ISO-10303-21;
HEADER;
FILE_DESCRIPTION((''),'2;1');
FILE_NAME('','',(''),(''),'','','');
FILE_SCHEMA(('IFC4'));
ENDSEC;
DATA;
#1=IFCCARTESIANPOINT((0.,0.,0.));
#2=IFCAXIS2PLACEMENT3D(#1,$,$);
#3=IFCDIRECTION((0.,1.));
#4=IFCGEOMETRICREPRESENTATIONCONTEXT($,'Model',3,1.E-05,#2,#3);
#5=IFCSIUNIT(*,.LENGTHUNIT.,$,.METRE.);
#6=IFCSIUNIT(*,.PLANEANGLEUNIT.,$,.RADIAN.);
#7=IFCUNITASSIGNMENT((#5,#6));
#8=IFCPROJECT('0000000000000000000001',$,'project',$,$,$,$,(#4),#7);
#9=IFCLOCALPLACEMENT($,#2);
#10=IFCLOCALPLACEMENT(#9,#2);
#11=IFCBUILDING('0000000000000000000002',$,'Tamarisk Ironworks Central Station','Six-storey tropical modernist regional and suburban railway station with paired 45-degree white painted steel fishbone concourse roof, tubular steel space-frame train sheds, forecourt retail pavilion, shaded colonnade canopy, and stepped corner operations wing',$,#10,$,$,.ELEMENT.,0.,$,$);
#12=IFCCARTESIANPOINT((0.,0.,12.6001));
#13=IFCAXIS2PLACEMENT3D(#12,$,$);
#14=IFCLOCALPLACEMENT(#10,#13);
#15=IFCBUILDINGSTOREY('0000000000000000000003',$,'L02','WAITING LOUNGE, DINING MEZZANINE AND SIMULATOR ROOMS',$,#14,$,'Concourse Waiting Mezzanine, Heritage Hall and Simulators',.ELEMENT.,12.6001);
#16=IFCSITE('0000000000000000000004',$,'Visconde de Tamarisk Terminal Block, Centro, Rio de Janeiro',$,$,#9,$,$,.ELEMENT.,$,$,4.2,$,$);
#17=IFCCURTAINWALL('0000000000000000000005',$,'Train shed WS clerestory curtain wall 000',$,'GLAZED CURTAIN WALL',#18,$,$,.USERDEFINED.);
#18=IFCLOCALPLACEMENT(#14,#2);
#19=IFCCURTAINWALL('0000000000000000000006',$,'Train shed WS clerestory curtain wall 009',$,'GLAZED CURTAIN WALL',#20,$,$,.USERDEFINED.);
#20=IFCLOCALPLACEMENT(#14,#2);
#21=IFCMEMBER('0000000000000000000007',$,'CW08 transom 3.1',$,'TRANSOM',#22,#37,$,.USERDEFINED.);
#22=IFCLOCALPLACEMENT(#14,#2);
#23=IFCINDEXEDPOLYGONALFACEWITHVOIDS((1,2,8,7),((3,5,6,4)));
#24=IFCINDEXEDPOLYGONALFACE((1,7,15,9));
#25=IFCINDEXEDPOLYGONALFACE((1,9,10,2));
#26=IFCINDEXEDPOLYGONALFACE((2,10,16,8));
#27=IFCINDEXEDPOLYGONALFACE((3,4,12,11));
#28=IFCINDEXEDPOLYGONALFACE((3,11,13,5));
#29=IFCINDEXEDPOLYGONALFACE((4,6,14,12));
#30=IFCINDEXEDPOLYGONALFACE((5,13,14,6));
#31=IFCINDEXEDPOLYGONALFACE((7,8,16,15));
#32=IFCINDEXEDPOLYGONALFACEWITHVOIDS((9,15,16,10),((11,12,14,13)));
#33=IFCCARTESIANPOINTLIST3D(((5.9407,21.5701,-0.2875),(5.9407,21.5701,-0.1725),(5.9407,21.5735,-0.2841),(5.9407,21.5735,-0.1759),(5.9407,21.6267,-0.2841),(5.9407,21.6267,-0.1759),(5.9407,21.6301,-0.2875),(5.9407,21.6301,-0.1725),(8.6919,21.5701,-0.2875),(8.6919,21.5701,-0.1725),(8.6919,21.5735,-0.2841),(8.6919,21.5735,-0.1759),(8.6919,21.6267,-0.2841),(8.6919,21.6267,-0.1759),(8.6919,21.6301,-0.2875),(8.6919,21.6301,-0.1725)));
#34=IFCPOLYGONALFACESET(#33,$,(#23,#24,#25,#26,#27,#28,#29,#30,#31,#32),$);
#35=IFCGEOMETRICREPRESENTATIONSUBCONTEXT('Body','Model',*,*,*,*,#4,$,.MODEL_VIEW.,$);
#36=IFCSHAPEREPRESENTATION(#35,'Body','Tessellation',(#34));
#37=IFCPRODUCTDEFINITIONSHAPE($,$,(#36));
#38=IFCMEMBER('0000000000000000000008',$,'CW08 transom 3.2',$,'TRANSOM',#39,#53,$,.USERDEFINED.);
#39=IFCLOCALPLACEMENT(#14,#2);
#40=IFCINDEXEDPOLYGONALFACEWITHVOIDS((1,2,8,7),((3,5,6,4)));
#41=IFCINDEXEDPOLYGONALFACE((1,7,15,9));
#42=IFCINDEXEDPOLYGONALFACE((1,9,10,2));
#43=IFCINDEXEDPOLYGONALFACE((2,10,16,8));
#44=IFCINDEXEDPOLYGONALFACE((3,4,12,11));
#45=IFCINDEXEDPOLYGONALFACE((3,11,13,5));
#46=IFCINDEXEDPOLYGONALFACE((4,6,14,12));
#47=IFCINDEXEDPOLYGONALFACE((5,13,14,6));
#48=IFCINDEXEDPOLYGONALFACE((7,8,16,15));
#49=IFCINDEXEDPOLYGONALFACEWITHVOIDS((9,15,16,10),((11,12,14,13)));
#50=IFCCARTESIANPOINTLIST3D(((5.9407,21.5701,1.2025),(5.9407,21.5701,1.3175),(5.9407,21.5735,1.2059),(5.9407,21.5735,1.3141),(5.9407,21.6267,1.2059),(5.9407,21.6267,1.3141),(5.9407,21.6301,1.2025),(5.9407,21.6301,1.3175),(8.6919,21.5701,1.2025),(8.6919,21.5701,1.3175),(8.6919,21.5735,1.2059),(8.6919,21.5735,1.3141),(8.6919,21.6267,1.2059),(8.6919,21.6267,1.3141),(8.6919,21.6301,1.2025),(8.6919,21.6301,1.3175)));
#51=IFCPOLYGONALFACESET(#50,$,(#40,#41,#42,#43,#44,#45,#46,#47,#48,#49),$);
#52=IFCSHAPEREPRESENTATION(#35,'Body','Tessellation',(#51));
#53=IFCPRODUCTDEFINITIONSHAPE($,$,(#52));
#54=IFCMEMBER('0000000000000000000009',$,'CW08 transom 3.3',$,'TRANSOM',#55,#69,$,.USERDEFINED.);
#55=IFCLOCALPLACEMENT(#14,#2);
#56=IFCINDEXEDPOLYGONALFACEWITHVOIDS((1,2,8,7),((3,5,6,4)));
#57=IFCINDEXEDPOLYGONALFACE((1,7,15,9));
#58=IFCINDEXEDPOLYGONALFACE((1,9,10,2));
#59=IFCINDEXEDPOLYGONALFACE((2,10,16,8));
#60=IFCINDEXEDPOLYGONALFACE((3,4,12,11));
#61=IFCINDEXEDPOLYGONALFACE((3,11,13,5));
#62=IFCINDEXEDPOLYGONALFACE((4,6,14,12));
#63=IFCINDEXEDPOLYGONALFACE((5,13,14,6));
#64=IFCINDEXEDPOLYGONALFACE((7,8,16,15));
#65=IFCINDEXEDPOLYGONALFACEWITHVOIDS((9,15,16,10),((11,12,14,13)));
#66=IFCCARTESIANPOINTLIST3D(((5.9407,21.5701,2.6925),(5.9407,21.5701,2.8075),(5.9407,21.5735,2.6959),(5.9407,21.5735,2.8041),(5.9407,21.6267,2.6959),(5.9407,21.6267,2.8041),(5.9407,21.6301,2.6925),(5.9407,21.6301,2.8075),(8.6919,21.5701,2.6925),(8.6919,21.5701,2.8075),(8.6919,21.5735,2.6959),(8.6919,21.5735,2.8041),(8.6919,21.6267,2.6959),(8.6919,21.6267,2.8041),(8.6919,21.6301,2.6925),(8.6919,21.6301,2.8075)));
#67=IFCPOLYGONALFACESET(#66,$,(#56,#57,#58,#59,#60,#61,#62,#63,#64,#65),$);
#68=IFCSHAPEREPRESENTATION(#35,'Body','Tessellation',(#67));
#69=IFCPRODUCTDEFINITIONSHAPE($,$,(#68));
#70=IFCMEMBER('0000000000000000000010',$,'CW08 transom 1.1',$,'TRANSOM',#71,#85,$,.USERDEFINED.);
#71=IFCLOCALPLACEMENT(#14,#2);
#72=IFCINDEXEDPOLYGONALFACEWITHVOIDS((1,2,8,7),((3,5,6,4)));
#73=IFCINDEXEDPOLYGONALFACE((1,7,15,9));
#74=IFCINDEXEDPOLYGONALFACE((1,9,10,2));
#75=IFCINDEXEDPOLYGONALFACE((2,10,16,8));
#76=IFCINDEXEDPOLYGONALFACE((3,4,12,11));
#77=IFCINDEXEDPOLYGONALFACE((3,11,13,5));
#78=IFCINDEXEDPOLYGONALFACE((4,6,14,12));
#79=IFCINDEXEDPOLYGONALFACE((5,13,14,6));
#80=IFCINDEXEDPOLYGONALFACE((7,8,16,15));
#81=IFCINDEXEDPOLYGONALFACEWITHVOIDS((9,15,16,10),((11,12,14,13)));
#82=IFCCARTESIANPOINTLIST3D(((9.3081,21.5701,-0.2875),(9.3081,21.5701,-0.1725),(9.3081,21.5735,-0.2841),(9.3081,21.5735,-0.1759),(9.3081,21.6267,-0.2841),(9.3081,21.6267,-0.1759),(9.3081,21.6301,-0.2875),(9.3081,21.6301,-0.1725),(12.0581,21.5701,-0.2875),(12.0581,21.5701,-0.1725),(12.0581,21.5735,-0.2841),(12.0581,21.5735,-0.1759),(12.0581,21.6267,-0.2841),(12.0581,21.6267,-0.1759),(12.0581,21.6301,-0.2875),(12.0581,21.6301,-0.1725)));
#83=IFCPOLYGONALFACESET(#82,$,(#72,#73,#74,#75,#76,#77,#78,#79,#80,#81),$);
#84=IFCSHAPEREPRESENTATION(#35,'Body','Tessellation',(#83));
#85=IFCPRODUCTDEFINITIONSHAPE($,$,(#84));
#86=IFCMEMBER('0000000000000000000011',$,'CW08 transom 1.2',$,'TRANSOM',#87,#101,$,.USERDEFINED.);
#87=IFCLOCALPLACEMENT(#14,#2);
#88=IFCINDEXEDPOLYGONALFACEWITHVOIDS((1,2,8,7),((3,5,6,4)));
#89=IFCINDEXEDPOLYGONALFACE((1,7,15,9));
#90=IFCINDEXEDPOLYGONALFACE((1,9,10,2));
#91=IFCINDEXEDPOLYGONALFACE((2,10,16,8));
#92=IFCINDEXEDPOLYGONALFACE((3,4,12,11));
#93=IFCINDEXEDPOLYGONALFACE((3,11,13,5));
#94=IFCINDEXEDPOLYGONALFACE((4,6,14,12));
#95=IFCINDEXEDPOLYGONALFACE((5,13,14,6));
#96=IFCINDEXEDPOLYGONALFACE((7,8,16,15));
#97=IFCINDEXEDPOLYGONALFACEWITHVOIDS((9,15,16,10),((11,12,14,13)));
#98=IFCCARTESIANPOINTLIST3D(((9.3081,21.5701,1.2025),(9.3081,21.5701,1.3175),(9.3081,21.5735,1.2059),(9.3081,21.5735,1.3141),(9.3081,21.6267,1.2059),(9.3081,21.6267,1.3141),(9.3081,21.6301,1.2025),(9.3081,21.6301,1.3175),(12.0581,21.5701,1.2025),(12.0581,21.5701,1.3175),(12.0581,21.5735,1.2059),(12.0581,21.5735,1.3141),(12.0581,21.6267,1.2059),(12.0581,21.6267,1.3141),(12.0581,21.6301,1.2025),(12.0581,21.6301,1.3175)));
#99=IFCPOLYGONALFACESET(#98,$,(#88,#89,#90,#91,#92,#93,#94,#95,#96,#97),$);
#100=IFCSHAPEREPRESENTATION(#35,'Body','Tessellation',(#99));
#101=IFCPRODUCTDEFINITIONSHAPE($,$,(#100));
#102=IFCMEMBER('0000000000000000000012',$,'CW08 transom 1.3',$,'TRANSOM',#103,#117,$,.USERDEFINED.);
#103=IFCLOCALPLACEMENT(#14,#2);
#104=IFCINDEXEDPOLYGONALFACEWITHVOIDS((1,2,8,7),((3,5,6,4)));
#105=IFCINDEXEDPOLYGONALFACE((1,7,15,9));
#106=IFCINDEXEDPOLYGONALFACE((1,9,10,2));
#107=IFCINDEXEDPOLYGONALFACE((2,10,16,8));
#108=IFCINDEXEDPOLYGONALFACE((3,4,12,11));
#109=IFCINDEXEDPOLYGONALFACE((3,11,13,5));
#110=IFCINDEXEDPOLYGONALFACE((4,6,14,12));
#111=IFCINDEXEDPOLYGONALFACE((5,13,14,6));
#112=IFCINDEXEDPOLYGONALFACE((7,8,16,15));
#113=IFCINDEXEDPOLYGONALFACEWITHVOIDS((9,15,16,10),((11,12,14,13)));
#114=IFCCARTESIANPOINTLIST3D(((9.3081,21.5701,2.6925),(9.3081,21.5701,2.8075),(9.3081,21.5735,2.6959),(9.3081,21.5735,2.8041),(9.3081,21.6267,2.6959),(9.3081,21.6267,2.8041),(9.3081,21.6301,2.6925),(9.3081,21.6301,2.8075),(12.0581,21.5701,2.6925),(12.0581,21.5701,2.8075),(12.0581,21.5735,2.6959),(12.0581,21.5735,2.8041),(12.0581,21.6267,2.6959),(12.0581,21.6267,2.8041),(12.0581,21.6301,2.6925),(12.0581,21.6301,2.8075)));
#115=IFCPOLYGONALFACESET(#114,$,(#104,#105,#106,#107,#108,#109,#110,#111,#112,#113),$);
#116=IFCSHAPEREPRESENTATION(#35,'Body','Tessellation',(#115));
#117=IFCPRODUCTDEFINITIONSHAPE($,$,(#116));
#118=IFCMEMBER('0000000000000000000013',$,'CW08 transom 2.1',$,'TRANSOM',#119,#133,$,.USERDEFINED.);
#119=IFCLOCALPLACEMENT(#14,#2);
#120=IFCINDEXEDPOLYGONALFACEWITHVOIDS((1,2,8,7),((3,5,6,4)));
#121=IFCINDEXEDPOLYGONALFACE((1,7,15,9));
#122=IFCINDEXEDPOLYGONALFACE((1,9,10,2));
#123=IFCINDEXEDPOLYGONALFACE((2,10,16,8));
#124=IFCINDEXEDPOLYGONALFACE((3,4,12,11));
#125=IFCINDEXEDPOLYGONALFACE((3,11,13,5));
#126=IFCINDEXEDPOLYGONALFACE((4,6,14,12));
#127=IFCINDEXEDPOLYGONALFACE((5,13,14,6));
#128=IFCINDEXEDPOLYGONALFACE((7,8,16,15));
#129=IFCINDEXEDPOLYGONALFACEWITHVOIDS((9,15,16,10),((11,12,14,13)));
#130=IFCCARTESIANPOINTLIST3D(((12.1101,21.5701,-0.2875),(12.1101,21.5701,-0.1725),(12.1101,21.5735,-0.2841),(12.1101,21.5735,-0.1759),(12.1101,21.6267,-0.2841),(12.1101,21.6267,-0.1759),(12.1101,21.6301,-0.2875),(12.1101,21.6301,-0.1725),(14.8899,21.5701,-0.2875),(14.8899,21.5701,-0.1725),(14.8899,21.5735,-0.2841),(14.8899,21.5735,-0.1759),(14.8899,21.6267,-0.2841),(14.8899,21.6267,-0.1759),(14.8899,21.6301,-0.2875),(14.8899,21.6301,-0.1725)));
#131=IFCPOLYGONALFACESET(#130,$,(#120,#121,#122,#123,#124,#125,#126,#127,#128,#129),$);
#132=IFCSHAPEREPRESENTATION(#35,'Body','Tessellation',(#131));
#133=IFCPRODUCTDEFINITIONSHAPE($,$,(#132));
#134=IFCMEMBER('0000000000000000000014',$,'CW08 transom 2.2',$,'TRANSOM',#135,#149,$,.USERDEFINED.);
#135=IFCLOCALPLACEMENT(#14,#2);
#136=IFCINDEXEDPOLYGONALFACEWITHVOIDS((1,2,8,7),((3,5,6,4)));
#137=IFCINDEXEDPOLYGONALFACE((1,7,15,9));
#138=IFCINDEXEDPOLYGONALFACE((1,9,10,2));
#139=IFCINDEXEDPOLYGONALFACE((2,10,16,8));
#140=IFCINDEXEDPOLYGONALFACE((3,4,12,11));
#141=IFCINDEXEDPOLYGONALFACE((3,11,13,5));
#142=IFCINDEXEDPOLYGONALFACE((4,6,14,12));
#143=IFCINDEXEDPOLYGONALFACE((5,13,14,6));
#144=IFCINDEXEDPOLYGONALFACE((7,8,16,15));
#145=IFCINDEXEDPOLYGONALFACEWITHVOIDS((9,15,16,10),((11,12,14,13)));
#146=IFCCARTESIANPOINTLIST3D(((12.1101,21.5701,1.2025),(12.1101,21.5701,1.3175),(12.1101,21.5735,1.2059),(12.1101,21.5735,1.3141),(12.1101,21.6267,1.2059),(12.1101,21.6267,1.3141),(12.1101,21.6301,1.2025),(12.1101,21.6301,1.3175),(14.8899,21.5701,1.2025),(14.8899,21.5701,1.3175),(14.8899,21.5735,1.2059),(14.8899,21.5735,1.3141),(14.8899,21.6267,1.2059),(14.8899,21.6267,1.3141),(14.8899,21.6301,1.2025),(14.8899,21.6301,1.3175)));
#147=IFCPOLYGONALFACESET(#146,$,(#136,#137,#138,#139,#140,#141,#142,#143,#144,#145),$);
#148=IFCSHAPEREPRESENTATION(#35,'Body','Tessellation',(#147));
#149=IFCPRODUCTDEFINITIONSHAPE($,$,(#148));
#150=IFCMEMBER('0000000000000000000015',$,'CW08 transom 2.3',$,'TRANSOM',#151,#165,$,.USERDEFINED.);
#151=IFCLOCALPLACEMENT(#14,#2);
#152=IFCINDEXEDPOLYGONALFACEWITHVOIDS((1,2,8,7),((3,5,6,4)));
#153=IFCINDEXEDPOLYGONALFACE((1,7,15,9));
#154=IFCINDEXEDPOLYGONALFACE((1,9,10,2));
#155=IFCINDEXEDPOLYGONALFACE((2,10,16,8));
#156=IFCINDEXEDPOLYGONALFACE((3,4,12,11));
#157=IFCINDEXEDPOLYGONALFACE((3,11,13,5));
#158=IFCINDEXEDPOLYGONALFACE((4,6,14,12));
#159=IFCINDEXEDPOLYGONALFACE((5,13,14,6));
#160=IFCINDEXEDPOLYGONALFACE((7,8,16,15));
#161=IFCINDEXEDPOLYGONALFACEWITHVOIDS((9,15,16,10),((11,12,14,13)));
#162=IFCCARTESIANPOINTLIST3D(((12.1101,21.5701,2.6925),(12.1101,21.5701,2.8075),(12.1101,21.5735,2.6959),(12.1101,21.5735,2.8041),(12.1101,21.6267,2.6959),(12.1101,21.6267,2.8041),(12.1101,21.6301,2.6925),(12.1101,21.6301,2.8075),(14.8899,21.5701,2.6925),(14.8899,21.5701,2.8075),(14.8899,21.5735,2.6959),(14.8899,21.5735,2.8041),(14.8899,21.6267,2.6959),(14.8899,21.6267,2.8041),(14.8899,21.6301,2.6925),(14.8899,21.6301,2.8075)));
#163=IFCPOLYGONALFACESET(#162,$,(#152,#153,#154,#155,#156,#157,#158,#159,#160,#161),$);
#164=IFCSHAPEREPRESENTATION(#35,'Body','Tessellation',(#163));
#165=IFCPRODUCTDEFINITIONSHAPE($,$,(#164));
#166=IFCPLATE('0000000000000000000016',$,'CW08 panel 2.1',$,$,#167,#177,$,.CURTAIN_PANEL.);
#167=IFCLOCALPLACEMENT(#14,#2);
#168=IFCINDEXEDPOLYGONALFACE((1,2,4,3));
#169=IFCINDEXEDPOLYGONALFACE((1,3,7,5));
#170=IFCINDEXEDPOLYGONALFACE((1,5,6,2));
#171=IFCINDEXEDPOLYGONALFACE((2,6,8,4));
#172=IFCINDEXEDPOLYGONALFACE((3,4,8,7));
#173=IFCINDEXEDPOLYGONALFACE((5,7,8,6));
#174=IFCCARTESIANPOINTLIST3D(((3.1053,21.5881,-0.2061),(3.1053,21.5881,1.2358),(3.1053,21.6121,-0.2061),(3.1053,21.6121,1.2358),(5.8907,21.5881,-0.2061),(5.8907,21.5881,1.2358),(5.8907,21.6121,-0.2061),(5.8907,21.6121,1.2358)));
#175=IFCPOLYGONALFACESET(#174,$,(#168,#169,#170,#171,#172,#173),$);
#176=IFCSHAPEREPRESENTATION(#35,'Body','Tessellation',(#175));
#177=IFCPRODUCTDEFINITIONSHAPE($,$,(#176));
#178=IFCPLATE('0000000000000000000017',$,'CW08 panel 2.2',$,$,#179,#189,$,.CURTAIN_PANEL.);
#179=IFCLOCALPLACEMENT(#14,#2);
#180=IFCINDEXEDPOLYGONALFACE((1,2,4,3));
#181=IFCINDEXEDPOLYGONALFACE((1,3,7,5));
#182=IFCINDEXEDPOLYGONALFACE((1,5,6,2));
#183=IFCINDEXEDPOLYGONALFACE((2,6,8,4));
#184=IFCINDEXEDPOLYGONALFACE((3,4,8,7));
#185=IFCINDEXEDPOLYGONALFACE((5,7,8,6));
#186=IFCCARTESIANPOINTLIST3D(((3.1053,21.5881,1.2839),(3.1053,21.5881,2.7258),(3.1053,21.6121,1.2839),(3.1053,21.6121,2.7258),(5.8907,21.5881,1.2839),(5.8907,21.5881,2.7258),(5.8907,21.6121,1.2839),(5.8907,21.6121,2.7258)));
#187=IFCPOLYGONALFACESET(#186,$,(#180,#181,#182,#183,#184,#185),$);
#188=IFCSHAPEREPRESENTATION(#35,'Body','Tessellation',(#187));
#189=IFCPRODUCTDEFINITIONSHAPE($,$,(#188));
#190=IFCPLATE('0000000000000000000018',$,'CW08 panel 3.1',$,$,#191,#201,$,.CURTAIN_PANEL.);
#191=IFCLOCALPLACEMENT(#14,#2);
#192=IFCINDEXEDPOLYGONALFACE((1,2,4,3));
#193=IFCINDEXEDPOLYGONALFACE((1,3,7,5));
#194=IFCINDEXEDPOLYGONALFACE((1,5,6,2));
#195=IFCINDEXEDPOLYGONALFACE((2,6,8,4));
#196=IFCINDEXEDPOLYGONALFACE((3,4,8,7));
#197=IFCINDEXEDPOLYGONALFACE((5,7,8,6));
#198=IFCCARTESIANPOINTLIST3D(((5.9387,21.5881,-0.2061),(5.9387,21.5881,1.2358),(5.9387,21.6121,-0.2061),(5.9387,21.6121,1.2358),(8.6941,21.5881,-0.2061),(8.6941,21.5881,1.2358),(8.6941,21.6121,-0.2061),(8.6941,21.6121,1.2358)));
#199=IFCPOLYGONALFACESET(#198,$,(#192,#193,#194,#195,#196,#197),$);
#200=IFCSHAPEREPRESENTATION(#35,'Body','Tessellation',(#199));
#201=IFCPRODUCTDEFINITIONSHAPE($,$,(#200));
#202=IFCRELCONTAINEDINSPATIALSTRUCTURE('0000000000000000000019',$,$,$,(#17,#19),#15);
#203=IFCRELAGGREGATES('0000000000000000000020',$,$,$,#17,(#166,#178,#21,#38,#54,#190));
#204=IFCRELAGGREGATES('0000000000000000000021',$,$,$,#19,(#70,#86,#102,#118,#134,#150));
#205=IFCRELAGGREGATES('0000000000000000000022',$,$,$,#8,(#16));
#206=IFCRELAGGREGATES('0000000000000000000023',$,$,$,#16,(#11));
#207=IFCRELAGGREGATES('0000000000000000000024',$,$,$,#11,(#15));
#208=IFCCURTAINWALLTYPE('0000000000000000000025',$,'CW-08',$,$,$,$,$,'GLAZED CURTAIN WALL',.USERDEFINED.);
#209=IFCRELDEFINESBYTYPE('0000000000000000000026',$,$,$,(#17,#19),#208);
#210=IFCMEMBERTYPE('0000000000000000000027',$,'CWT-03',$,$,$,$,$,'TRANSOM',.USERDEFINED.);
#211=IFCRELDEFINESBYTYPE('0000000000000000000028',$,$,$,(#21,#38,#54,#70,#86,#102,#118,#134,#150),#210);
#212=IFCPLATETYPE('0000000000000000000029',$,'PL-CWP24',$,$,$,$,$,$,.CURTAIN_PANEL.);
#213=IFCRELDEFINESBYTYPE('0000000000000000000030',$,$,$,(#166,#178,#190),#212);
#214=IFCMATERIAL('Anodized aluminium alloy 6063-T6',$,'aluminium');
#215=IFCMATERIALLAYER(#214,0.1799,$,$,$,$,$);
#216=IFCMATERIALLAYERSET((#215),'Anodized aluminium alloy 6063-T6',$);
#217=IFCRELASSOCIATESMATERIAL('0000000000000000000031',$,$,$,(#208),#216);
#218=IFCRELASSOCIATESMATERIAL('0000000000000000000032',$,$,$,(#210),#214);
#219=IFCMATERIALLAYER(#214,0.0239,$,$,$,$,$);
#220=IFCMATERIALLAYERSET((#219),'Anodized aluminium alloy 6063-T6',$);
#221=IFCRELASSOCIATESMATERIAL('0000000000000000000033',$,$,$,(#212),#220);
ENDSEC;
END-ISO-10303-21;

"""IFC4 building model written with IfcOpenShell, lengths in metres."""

from ifc_helpers import new_model, si_unit, direction, frame, origin, origin_2d, place, context, subcontext, project, spatial, rectangle, hollow_rectangle, extrude, material, layer, layer_set, material_profile, profile_set, type_object, element, aggregate, save


model = new_model("IFC4")

# Units and contexts
model_context = context("Model", 3, precision=1e-05, world=origin(), true_north=direction((0.0, 1.0)))
body_context = subcontext(model_context, "Body", "Model", "MODEL_VIEW")
ifc_project = project(units=[si_unit("LENGTHUNIT", "METRE"), si_unit("PLANEANGLEUNIT", "RADIAN")], contexts=[model_context])

# Site, building, storey
site_placement = place(None, origin())
site = spatial("IfcSite", under=ifc_project, at=site_placement, Name="Visconde de Tamarisk Terminal Block, Centro, Rio de Janeiro", CompositionType="ELEMENT", RefElevation=4.2)
building_placement = place(site_placement, origin())
building = spatial("IfcBuilding", under=site, at=building_placement, Name="Tamarisk Ironworks Central Station", Description="Six-storey tropical modernist regional and suburban railway station with paired 45-degree white painted steel fishbone concourse roof, tubular steel space-frame train sheds, forecourt retail pavilion, shaded colonnade canopy, and stepped corner operations wing", CompositionType="ELEMENT", ElevationOfRefHeight=0.0)
storey_placement = place(building_placement, frame((0.0, 0.0, 12.6001)))
storey = spatial("IfcBuildingStorey", under=building, at=storey_placement, Name="L02", Description="WAITING LOUNGE, DINING MEZZANINE AND SIMULATOR ROOMS", LongName="Concourse Waiting Mezzanine, Heritage Hall and Simulators", CompositionType="ELEMENT", Elevation=12.6001)

# Curtain walls
ifc_material_1 = material(Name="Anodized aluminium alloy 6063-T6", Category="aluminium")
ifc_layer_1 = layer(ifc_material_1, 0.1799)
ifc_layer_set_1 = layer_set([ifc_layer_1], Name="Anodized aluminium alloy 6063-T6")
curtain_wall_type = type_object("IfcCurtainWallType", Name="CW-08", ElementType="GLAZED CURTAIN WALL", PredefinedType="USERDEFINED", material=ifc_layer_set_1)
curtain_wall_1_placement = place(storey_placement, origin())
curtain_wall_1 = element("IfcCurtainWall", 1, at=curtain_wall_1_placement, inside=storey, type_object=curtain_wall_type, Name="Train shed WS clerestory curtain wall 000", ObjectType="GLAZED CURTAIN WALL", PredefinedType="USERDEFINED")
curtain_wall_2_placement = place(storey_placement, origin())
curtain_wall_2 = element("IfcCurtainWall", 2, at=curtain_wall_2_placement, inside=storey, type_object=curtain_wall_type, Name="Train shed WS clerestory curtain wall 009", ObjectType="GLAZED CURTAIN WALL", PredefinedType="USERDEFINED")

# Members
ifc_material_profile_1 = material_profile(ifc_material_1, hollow_rectangle(XDim=0.0601, YDim=0.115, WallThickness=0.0034, at=origin_2d()), Name="ALUM 115x60")
ifc_profile_set_1 = profile_set([ifc_material_profile_1], Name="Anodized aluminium alloy 6063-T6")
member_type_1 = type_object("IfcMemberType", Name="CWT-03", ElementType="TRANSOM", PredefinedType="USERDEFINED", material=ifc_profile_set_1)
member_1_placement = place(storey_placement, frame((5.9407, 21.6001, -0.23), z_axis=(1.0, 0.0, 0.0), x_axis=(0.0, 1.0, 0.0)))
member_1 = element("IfcMember", 3, at=member_1_placement, type_object=member_type_1, Name="CW08 transom 3.1", ObjectType="TRANSOM", PredefinedType="USERDEFINED", context=body_context, shape_type="SweptSolid", body=[
    extrude(hollow_rectangle(XDim=0.0601, YDim=0.115, WallThickness=0.0034, at=origin_2d()), origin(), (0.0, 0.0, 1.0), 2.7512),
])
member_2_placement = place(storey_placement, frame((5.9407, 21.6001, 1.26), z_axis=(1.0, 0.0, 0.0), x_axis=(0.0, 1.0, 0.0)))
member_2 = element("IfcMember", 4, at=member_2_placement, type_object=member_type_1, Name="CW08 transom 3.2", ObjectType="TRANSOM", PredefinedType="USERDEFINED", context=body_context, shape_type="SweptSolid", body=[
    extrude(hollow_rectangle(XDim=0.0601, YDim=0.115, WallThickness=0.0034, at=origin_2d()), origin(), (0.0, 0.0, 1.0), 2.7512),
])
member_3_placement = place(storey_placement, frame((5.9407, 21.6001, 2.75), z_axis=(1.0, 0.0, 0.0), x_axis=(0.0, 1.0, 0.0)))
member_3 = element("IfcMember", 5, at=member_3_placement, type_object=member_type_1, Name="CW08 transom 3.3", ObjectType="TRANSOM", PredefinedType="USERDEFINED", context=body_context, shape_type="SweptSolid", body=[
    extrude(hollow_rectangle(XDim=0.0601, YDim=0.115, WallThickness=0.0034, at=origin_2d()), origin(), (0.0, 0.0, 1.0), 2.7512),
])
member_4_placement = place(storey_placement, frame((9.3081, 21.6001, -0.23), z_axis=(1.0, 0.0, 0.0), x_axis=(0.0, 1.0, 0.0)))
member_4 = element("IfcMember", 6, at=member_4_placement, type_object=member_type_1, Name="CW08 transom 1.1", ObjectType="TRANSOM", PredefinedType="USERDEFINED", context=body_context, shape_type="SweptSolid", body=[
    extrude(hollow_rectangle(XDim=0.0601, YDim=0.115, WallThickness=0.0034, at=origin_2d()), origin(), (0.0, 0.0, 1.0), 2.75),
])
member_5_placement = place(storey_placement, frame((9.3081, 21.6001, 1.26), z_axis=(1.0, 0.0, 0.0), x_axis=(0.0, 1.0, 0.0)))
member_5 = element("IfcMember", 7, at=member_5_placement, type_object=member_type_1, Name="CW08 transom 1.2", ObjectType="TRANSOM", PredefinedType="USERDEFINED", context=body_context, shape_type="SweptSolid", body=[
    extrude(hollow_rectangle(XDim=0.0601, YDim=0.115, WallThickness=0.0034, at=origin_2d()), origin(), (0.0, 0.0, 1.0), 2.75),
])
member_6_placement = place(storey_placement, frame((9.3081, 21.6001, 2.75), z_axis=(1.0, 0.0, 0.0), x_axis=(0.0, 1.0, 0.0)))
member_6 = element("IfcMember", 8, at=member_6_placement, type_object=member_type_1, Name="CW08 transom 1.3", ObjectType="TRANSOM", PredefinedType="USERDEFINED", context=body_context, shape_type="SweptSolid", body=[
    extrude(hollow_rectangle(XDim=0.0601, YDim=0.115, WallThickness=0.0034, at=origin_2d()), origin(), (0.0, 0.0, 1.0), 2.75),
])
member_7_placement = place(storey_placement, frame((12.1101, 21.6001, -0.23), z_axis=(1.0, 0.0, 0.0), x_axis=(0.0, 1.0, 0.0)))
member_7 = element("IfcMember", 9, at=member_7_placement, type_object=member_type_1, Name="CW08 transom 2.1", ObjectType="TRANSOM", PredefinedType="USERDEFINED", context=body_context, shape_type="SweptSolid", body=[
    extrude(hollow_rectangle(XDim=0.0601, YDim=0.115, WallThickness=0.0034, at=origin_2d()), origin(), (0.0, 0.0, 1.0), 2.7798),
])
member_8_placement = place(storey_placement, frame((12.1101, 21.6001, 1.26), z_axis=(1.0, 0.0, 0.0), x_axis=(0.0, 1.0, 0.0)))
member_8 = element("IfcMember", 10, at=member_8_placement, type_object=member_type_1, Name="CW08 transom 2.2", ObjectType="TRANSOM", PredefinedType="USERDEFINED", context=body_context, shape_type="SweptSolid", body=[
    extrude(hollow_rectangle(XDim=0.0601, YDim=0.115, WallThickness=0.0034, at=origin_2d()), origin(), (0.0, 0.0, 1.0), 2.7798),
])
member_9_placement = place(storey_placement, frame((12.1101, 21.6001, 2.75), z_axis=(1.0, 0.0, 0.0), x_axis=(0.0, 1.0, 0.0)))
member_9 = element("IfcMember", 11, at=member_9_placement, type_object=member_type_1, Name="CW08 transom 2.3", ObjectType="TRANSOM", PredefinedType="USERDEFINED", context=body_context, shape_type="SweptSolid", body=[
    extrude(hollow_rectangle(XDim=0.0601, YDim=0.115, WallThickness=0.0034, at=origin_2d()), origin(), (0.0, 0.0, 1.0), 2.7798),
])

# Plates
ifc_layer_2 = layer(ifc_material_1, 0.0239)
ifc_layer_set_2 = layer_set([ifc_layer_2], Name="Anodized aluminium alloy 6063-T6")
plate_type = type_object("IfcPlateType", Name="PL-CWP24", PredefinedType="CURTAIN_PANEL", material=ifc_layer_set_2)
plate_1_placement = place(storey_placement, frame((4.498, 21.6001, -0.2061), z_axis=(0.0, 0.0, 1.0), x_axis=(1.0, 0.0, 0.0)))
plate_1 = element("IfcPlate", 12, at=plate_1_placement, type_object=plate_type, Name="CW08 panel 2.1", PredefinedType="CURTAIN_PANEL", context=body_context, shape_type="SweptSolid", body=[
    extrude(rectangle(XDim=2.7854, YDim=0.0239, at=origin_2d()), origin(), (0.0, 0.0, 1.0), 1.4419),
])
plate_2_placement = place(storey_placement, frame((4.498, 21.6001, 1.2839), z_axis=(0.0, 0.0, 1.0), x_axis=(1.0, 0.0, 0.0)))
plate_2 = element("IfcPlate", 13, at=plate_2_placement, type_object=plate_type, Name="CW08 panel 2.2", PredefinedType="CURTAIN_PANEL", context=body_context, shape_type="SweptSolid", body=[
    extrude(rectangle(XDim=2.7854, YDim=0.0239, at=origin_2d()), origin(), (0.0, 0.0, 1.0), 1.4419),
])
plate_3_placement = place(storey_placement, frame((7.3164, 21.6001, -0.2061), z_axis=(0.0, 0.0, 1.0), x_axis=(1.0, 0.0, 0.0)))
plate_3 = element("IfcPlate", 14, at=plate_3_placement, type_object=plate_type, Name="CW08 panel 3.1", PredefinedType="CURTAIN_PANEL", context=body_context, shape_type="SweptSolid", body=[
    extrude(rectangle(XDim=2.7554, YDim=0.0239, at=origin_2d()), origin(), (0.0, 0.0, 1.0), 1.4419),
])
aggregate(curtain_wall_1, [plate_1, plate_2, member_1, member_2, member_3, plate_3])
aggregate(curtain_wall_2, [member_4, member_5, member_6, member_7, member_8, member_9])

save(model, "model.ifc")
